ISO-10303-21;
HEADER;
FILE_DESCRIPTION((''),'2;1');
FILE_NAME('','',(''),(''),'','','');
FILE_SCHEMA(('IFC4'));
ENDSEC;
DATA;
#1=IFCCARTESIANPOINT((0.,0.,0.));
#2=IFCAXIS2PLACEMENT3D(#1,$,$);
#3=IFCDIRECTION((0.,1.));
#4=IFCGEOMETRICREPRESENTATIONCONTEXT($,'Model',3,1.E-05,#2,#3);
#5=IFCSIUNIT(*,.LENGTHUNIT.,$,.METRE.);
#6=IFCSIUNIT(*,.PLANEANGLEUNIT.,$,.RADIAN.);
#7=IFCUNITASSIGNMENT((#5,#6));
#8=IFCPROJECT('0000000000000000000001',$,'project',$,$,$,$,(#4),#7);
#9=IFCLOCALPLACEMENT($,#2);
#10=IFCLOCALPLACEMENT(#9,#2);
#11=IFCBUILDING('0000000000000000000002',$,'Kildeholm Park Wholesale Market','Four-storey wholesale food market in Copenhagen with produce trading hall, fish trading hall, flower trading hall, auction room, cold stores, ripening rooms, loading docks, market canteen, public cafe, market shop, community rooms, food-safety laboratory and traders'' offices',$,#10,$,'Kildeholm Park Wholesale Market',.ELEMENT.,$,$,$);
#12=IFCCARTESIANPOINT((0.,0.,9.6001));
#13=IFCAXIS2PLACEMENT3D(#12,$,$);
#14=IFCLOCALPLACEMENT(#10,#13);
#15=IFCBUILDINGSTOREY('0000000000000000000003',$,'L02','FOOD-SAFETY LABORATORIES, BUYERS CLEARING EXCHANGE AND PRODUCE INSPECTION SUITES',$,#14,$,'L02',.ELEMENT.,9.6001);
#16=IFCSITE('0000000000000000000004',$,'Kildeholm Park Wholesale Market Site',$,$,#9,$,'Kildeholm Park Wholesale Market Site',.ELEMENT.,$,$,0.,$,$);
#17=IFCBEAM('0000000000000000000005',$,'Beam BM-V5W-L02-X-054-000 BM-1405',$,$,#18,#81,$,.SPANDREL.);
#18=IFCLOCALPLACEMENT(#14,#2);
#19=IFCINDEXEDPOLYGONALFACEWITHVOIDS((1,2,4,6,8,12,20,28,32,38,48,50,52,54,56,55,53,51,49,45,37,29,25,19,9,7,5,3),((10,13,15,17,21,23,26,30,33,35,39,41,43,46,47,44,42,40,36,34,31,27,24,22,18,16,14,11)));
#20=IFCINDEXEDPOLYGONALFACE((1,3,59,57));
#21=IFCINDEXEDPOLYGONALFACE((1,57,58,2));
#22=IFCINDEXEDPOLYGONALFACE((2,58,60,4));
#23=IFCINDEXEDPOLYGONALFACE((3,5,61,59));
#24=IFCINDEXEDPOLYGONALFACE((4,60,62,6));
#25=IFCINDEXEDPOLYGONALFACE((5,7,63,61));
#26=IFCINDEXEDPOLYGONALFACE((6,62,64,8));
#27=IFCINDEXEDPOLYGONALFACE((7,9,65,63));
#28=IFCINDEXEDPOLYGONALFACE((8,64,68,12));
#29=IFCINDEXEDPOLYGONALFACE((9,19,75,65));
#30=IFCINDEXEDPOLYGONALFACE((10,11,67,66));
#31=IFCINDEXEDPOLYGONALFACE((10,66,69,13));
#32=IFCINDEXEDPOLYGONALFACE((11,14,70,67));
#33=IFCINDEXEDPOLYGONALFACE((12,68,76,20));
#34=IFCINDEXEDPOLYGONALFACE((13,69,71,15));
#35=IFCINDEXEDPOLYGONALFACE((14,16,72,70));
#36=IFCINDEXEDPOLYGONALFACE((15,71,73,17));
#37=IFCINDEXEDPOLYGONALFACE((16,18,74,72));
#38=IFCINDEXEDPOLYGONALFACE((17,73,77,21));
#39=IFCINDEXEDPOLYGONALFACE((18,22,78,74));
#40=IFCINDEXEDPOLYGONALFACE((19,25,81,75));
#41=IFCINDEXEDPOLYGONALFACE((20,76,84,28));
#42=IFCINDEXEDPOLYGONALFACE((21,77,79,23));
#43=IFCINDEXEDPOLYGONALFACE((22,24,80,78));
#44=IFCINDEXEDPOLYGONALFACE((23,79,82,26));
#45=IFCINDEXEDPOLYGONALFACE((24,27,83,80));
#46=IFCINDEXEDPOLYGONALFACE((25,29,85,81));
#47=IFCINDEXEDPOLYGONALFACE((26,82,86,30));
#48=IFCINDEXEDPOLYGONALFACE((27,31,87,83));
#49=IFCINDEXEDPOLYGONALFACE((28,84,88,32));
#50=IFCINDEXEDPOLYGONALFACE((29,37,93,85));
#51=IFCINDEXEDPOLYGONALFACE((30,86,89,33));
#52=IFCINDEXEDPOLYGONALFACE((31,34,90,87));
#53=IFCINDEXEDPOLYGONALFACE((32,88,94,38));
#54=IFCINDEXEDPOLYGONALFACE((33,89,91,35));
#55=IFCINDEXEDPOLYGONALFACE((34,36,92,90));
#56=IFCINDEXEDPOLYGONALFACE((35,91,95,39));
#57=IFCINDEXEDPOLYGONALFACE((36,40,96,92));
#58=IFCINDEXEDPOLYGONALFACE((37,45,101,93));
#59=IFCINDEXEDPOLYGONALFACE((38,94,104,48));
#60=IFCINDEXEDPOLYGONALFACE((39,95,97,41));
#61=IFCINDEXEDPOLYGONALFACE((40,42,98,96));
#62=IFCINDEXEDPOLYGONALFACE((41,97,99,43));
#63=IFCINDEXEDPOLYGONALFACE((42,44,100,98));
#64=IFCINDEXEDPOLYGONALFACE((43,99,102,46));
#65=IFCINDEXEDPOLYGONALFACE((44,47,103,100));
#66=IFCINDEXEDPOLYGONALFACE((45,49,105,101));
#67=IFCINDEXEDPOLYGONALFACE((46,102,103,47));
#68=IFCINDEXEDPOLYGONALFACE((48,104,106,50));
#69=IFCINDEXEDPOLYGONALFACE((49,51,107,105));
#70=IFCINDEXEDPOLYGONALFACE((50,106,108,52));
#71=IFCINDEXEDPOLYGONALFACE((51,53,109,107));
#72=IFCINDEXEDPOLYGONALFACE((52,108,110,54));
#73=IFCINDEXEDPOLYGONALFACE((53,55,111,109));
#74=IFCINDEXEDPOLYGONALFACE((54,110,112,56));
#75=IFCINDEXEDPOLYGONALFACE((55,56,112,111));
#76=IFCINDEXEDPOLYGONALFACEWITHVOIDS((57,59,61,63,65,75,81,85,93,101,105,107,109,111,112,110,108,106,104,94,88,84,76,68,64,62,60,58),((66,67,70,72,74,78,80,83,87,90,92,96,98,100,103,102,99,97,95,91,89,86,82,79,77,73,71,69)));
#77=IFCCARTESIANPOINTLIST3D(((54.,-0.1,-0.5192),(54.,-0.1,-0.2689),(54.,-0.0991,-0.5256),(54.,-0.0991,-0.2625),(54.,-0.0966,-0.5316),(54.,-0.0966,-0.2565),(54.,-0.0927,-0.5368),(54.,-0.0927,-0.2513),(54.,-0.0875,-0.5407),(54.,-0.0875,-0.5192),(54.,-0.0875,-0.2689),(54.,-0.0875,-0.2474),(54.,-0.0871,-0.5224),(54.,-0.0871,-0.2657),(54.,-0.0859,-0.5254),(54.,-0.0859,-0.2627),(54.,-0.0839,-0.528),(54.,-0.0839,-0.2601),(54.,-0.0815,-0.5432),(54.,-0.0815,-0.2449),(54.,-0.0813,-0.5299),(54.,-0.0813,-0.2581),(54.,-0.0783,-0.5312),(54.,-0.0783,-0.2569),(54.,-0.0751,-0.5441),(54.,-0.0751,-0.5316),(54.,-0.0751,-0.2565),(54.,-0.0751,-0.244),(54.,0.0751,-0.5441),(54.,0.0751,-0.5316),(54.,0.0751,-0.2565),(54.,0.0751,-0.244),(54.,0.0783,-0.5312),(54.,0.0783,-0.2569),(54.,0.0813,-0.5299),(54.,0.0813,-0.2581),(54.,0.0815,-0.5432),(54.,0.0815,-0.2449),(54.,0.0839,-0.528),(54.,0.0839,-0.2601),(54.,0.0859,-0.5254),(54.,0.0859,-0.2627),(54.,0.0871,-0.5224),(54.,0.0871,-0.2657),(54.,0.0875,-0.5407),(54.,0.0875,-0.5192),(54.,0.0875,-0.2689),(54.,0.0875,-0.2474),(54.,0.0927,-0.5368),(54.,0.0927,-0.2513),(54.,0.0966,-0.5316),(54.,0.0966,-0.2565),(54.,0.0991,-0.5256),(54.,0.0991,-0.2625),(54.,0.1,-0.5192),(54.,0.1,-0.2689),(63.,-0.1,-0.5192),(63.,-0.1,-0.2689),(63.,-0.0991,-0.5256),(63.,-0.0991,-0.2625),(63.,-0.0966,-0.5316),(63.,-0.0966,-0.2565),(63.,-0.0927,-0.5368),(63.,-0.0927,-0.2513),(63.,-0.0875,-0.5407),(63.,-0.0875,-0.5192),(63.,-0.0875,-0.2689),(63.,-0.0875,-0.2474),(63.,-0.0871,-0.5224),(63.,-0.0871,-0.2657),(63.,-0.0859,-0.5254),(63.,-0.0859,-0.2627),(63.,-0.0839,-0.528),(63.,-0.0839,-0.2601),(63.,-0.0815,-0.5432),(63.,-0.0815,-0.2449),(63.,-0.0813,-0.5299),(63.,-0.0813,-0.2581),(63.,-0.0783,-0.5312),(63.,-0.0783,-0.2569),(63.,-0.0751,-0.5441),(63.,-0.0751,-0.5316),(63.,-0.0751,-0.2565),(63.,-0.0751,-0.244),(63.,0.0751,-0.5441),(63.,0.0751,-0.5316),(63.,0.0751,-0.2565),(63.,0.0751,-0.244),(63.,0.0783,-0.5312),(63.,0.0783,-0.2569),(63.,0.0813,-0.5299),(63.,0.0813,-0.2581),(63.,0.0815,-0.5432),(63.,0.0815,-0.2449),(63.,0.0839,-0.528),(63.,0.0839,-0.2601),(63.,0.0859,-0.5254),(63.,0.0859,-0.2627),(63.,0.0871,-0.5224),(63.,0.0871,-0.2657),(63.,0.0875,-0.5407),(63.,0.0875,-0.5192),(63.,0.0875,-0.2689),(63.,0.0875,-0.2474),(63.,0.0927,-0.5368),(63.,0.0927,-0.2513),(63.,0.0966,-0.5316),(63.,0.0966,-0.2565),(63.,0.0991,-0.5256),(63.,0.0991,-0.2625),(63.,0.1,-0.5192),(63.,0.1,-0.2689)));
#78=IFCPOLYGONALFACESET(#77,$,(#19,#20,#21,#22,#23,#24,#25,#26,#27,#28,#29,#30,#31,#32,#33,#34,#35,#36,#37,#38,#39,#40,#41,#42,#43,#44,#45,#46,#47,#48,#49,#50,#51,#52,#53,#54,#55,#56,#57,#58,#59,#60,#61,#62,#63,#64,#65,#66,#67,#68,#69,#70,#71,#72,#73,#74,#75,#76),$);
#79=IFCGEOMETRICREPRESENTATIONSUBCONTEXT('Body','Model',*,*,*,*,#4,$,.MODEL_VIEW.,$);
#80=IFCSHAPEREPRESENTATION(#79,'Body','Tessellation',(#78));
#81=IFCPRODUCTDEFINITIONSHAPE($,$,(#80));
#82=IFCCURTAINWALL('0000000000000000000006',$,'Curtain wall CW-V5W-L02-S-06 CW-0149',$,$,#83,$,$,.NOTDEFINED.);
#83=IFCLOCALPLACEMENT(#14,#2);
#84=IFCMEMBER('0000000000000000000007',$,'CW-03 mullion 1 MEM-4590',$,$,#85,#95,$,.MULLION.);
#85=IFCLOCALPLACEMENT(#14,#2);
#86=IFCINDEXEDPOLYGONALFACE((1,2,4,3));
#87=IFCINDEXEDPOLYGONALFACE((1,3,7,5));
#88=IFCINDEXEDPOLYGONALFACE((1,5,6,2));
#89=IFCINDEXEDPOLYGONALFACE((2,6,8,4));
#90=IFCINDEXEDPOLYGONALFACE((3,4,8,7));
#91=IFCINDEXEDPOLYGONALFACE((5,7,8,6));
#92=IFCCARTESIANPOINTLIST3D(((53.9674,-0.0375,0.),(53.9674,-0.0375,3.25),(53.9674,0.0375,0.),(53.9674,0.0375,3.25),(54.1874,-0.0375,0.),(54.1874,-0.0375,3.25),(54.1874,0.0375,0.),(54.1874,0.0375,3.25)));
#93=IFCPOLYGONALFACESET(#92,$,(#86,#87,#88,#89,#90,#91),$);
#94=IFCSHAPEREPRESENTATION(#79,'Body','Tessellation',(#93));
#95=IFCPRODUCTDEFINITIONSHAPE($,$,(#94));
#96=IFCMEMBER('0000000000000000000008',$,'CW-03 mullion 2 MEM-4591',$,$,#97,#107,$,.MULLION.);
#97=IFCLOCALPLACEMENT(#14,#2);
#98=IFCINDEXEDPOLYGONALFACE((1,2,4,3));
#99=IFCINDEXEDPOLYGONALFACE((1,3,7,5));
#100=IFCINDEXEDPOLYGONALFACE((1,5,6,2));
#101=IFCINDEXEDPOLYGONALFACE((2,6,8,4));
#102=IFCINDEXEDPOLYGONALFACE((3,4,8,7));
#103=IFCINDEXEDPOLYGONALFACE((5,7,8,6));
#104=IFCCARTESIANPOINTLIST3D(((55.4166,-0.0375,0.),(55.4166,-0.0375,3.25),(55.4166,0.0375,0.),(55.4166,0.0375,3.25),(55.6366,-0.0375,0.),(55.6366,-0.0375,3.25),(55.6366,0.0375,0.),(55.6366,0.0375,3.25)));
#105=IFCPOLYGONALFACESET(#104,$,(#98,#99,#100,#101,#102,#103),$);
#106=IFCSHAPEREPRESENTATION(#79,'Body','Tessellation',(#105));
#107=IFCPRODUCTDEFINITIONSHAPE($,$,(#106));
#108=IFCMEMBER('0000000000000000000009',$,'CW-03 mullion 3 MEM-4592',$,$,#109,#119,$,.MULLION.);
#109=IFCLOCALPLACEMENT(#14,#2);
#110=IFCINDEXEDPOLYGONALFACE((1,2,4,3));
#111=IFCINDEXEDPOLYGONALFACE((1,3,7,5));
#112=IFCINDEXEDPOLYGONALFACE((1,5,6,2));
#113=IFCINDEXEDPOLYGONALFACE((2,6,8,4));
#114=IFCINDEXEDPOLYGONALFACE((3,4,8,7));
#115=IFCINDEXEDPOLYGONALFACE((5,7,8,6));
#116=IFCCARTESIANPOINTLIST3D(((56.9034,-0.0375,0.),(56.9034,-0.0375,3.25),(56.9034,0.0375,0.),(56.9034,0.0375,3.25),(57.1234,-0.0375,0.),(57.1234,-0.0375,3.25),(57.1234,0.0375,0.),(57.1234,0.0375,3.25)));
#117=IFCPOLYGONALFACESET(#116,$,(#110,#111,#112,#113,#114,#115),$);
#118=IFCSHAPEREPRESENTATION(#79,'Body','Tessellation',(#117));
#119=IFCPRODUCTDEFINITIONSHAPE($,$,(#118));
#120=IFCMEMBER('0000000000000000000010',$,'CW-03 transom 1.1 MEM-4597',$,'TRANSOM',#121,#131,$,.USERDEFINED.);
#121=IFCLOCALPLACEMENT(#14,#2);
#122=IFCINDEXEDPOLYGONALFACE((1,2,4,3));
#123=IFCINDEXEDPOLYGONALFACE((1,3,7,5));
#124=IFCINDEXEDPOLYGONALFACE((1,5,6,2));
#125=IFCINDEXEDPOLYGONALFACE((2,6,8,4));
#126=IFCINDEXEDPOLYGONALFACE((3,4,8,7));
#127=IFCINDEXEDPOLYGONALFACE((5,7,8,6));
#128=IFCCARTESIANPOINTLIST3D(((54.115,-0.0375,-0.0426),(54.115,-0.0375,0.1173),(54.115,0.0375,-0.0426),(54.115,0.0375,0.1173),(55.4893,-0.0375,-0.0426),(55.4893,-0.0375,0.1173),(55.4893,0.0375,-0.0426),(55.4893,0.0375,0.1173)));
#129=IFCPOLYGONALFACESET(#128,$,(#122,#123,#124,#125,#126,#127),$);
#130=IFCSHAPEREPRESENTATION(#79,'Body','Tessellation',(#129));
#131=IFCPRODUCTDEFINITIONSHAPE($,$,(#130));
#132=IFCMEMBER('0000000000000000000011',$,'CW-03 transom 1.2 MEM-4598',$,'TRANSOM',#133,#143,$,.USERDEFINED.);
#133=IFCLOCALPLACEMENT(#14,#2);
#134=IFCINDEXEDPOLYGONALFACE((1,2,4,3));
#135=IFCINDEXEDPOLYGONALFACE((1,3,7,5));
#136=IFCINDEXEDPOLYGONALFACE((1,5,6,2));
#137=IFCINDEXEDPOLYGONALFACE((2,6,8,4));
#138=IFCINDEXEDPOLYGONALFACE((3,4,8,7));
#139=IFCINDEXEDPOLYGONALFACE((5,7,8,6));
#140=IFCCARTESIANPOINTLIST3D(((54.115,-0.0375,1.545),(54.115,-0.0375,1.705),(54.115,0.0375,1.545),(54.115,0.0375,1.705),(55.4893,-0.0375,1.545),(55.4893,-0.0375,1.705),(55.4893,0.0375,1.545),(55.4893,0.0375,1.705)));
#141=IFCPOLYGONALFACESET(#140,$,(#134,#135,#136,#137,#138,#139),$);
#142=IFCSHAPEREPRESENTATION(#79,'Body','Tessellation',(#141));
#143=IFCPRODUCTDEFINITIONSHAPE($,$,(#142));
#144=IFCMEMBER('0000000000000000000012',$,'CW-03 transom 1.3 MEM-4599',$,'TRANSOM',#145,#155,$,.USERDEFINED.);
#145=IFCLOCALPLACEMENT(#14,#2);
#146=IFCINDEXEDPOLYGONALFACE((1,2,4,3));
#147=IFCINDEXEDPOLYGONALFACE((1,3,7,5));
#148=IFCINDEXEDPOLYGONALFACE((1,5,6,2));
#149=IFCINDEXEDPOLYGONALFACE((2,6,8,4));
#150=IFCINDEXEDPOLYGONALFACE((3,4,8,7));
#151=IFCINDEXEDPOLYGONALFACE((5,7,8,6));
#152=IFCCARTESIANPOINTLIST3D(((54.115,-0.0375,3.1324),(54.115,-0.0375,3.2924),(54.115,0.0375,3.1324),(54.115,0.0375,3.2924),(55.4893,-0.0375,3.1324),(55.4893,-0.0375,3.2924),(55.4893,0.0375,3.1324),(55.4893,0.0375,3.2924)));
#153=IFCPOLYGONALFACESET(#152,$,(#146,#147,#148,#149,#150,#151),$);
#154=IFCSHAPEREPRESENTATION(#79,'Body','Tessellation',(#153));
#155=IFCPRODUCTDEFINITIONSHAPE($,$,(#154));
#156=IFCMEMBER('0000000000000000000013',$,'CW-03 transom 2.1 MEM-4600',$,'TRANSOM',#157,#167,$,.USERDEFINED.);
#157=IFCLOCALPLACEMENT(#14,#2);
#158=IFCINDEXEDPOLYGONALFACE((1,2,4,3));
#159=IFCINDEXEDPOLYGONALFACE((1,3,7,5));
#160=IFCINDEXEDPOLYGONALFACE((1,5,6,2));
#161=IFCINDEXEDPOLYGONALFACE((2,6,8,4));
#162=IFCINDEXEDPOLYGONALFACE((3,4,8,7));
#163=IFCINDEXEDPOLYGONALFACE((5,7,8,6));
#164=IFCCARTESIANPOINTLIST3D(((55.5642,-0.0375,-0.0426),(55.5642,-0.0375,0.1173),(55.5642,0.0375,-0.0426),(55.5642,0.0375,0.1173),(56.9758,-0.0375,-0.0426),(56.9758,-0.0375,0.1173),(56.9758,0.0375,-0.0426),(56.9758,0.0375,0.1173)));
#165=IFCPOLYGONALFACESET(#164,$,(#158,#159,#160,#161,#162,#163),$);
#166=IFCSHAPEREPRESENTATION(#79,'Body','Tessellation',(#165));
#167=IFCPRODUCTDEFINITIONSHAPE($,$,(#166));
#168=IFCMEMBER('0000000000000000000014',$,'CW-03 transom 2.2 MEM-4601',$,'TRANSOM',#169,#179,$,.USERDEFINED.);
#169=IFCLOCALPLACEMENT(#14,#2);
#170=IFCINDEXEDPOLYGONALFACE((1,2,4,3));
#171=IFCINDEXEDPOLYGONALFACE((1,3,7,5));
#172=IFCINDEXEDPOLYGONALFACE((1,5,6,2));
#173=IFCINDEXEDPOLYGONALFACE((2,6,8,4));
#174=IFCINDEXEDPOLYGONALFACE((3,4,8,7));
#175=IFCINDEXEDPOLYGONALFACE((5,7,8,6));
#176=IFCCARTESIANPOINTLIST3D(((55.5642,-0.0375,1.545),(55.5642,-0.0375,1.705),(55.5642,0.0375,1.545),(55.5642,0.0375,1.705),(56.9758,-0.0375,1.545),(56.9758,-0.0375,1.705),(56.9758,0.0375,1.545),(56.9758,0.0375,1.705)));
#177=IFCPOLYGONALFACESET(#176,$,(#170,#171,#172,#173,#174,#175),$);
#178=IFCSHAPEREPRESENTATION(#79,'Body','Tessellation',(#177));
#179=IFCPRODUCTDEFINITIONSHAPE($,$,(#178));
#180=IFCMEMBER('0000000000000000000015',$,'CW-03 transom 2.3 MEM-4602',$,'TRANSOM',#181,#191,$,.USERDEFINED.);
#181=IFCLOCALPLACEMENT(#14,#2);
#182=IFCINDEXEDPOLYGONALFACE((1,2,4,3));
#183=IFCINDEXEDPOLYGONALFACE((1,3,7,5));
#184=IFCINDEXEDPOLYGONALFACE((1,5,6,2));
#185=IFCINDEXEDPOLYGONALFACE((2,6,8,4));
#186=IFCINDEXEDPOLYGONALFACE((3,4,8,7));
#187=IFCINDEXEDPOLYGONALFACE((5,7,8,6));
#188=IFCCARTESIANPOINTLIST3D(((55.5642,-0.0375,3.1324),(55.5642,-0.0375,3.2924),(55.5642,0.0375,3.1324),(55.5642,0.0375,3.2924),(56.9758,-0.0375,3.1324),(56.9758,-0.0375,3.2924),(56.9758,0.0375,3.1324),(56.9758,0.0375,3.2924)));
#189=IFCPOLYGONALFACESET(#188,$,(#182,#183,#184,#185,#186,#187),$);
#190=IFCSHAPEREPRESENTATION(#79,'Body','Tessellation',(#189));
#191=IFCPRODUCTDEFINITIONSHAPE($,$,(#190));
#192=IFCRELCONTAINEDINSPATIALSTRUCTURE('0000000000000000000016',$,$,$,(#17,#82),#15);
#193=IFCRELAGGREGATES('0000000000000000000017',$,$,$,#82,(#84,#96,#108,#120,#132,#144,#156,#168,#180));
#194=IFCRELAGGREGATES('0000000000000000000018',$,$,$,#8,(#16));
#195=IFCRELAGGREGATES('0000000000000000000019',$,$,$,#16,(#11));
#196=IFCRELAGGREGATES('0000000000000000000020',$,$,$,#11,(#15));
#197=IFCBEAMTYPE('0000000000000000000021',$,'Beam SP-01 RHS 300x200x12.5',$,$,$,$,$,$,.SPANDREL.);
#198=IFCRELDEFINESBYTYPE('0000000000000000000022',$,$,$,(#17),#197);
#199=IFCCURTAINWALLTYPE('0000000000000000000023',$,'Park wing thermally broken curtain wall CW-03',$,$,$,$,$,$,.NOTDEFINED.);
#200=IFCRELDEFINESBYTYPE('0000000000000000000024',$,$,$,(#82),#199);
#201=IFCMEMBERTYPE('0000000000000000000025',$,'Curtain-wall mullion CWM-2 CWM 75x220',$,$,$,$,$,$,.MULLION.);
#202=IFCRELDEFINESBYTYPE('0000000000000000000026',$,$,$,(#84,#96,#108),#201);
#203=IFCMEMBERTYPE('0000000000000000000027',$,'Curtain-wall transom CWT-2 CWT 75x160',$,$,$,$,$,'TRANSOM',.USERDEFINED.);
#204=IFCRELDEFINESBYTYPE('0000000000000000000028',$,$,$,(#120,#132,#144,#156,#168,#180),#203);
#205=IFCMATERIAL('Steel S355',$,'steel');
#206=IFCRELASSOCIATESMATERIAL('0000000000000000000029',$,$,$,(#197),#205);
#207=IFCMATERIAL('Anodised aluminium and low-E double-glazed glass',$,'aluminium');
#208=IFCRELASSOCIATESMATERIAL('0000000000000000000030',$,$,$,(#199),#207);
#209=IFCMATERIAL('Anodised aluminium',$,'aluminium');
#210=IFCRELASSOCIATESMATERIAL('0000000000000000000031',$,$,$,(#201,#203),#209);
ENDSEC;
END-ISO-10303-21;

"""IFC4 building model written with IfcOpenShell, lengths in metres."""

from ifc_helpers import new_model, si_unit, direction, frame, origin, origin_2d, place, context, subcontext, project, spatial, rectangle, hollow_rectangle, extrude, material, material_profile, profile_set, type_object, element, aggregate, save


model = new_model("IFC4")

# Units and contexts
model_context = context("Model", 3, precision=1e-05, world=origin(), true_north=direction((0.0, 1.0)))
body_context = subcontext(model_context, "Body", "Model", "MODEL_VIEW")
ifc_project = project(units=[si_unit("LENGTHUNIT", "METRE"), si_unit("PLANEANGLEUNIT", "RADIAN")], contexts=[model_context])

# Site, building, storey
site_placement = place(None, origin())
site = spatial("IfcSite", under=ifc_project, at=site_placement, Name="Kildeholm Park Wholesale Market Site", LongName="Kildeholm Park Wholesale Market Site", CompositionType="ELEMENT", RefElevation=0.0)
building_placement = place(site_placement, origin())
building = spatial("IfcBuilding", under=site, at=building_placement, Name="Kildeholm Park Wholesale Market", Description="Four-storey wholesale food market in Copenhagen with produce trading hall, fish trading hall, flower trading hall, auction room, cold stores, ripening rooms, loading docks, market canteen, public cafe, market shop, community rooms, food-safety laboratory and traders' offices", LongName="Kildeholm Park Wholesale Market", CompositionType="ELEMENT")
storey_placement = place(building_placement, frame((0.0, 0.0, 9.6001)))
storey = spatial("IfcBuildingStorey", under=building, at=storey_placement, Name="L02", Description="FOOD-SAFETY LABORATORIES, BUYERS CLEARING EXCHANGE AND PRODUCE INSPECTION SUITES", LongName="L02", CompositionType="ELEMENT", Elevation=9.6001)

# Shared definitions
ifc_material_1 = material(Name="Steel S355", Category="steel")

# Beam
ifc_material_profile_1 = material_profile(ifc_material_1, hollow_rectangle(XDim=0.2, YDim=0.3, WallThickness=0.0125, InnerFilletRadius=0.0125, OuterFilletRadius=0.0249, at=origin_2d()), Name="RHS 300x200x12.5")
ifc_profile_set_1 = profile_set([ifc_material_profile_1], Name="Steel S355")
beam_type_1 = type_object("IfcBeamType", Name="Beam SP-01 RHS 300x200x12.5", PredefinedType="SPANDREL", material=ifc_profile_set_1)
beam_1_placement = place(storey_placement, frame((54.0, 0.0, -0.394), z_axis=(1.0, 0.0, 0.0), x_axis=(0.0, 1.0, 0.0)))
element("IfcBeam", 1, at=beam_1_placement, inside=storey, type_object=beam_type_1, Name="Beam BM-V5W-L02-X-054-000 BM-1405", PredefinedType="SPANDREL", context=body_context, shape_type="SweptSolid", body=[
    extrude(hollow_rectangle(XDim=0.2, YDim=0.3, WallThickness=0.0125, InnerFilletRadius=0.0125, OuterFilletRadius=0.0249, at=origin_2d()), origin(), (0.0, 0.0, 1.0), 9.0),
])

# Curtain wall, members
ifc_material_2 = material(Name="Anodised aluminium and low-E double-glazed glass", Category="aluminium")
curtain_wall_type = type_object("IfcCurtainWallType", Name="Park wing thermally broken curtain wall CW-03", PredefinedType="NOTDEFINED", material=ifc_material_2)
curtain_wall_placement = place(storey_placement, origin())
curtain_wall = element("IfcCurtainWall", 2, at=curtain_wall_placement, inside=storey, type_object=curtain_wall_type, Name="Curtain wall CW-V5W-L02-S-06 CW-0149", PredefinedType="NOTDEFINED")
ifc_material_3 = material(Name="Anodised aluminium", Category="aluminium")
ifc_material_profile_2 = material_profile(ifc_material_3, rectangle(XDim=0.075, YDim=0.22, at=origin_2d()), Name="CWM 75x220")
ifc_profile_set_2 = profile_set([ifc_material_profile_2], Name="Anodised aluminium")
member_type_1 = type_object("IfcMemberType", Name="Curtain-wall mullion CWM-2 CWM 75x220", PredefinedType="MULLION", material=ifc_profile_set_2)
member_1_placement = place(storey_placement, frame((54.0774, 0.0, 0.0), z_axis=(0.0, 0.0, 1.0), x_axis=(0.0, 1.0, 0.0)))
member_1 = element("IfcMember", 3, at=member_1_placement, type_object=member_type_1, Name="CW-03 mullion 1 MEM-4590", PredefinedType="MULLION", context=body_context, shape_type="SweptSolid", body=[
    extrude(rectangle(XDim=0.075, YDim=0.22, at=origin_2d()), origin(), (0.0, 0.0, 1.0), 3.25),
])
member_2_placement = place(storey_placement, frame((55.5266, 0.0, 0.0), z_axis=(0.0, 0.0, 1.0), x_axis=(0.0, 1.0, 0.0)))
member_2 = element("IfcMember", 4, at=member_2_placement, type_object=member_type_1, Name="CW-03 mullion 2 MEM-4591", PredefinedType="MULLION", context=body_context, shape_type="SweptSolid", body=[
    extrude(rectangle(XDim=0.075, YDim=0.22, at=origin_2d()), origin(), (0.0, 0.0, 1.0), 3.25),
])
member_3_placement = place(storey_placement, frame((57.0134, 0.0, 0.0), z_axis=(0.0, 0.0, 1.0), x_axis=(0.0, 1.0, 0.0)))
member_3 = element("IfcMember", 5, at=member_3_placement, type_object=member_type_1, Name="CW-03 mullion 3 MEM-4592", PredefinedType="MULLION", context=body_context, shape_type="SweptSolid", body=[
    extrude(rectangle(XDim=0.075, YDim=0.22, at=origin_2d()), origin(), (0.0, 0.0, 1.0), 3.25),
])
ifc_material_profile_3 = material_profile(ifc_material_3, rectangle(XDim=0.075, YDim=0.1599, at=origin_2d()), Name="CWT 75x160")
ifc_profile_set_3 = profile_set([ifc_material_profile_3], Name="Anodised aluminium")
member_type_2 = type_object("IfcMemberType", Name="Curtain-wall transom CWT-2 CWT 75x160", ElementType="TRANSOM", PredefinedType="USERDEFINED", material=ifc_profile_set_3)
member_4_placement = place(storey_placement, frame((54.115, 0.0, 0.0374), z_axis=(1.0, 0.0, 0.0), x_axis=(0.0, 1.0, 0.0)))
member_4 = element("IfcMember", 6, at=member_4_placement, type_object=member_type_2, Name="CW-03 transom 1.1 MEM-4597", ObjectType="TRANSOM", PredefinedType="USERDEFINED", context=body_context, shape_type="SweptSolid", body=[
    extrude(rectangle(XDim=0.075, YDim=0.1599, at=origin_2d()), origin(), (0.0, 0.0, 1.0), 1.3743),
])
member_5_placement = place(storey_placement, frame((54.115, 0.0, 1.625), z_axis=(1.0, 0.0, 0.0), x_axis=(0.0, 1.0, 0.0)))
member_5 = element("IfcMember", 7, at=member_5_placement, type_object=member_type_2, Name="CW-03 transom 1.2 MEM-4598", ObjectType="TRANSOM", PredefinedType="USERDEFINED", context=body_context, shape_type="SweptSolid", body=[
    extrude(rectangle(XDim=0.075, YDim=0.1599, at=origin_2d()), origin(), (0.0, 0.0, 1.0), 1.3743),
])
member_6_placement = place(storey_placement, frame((54.115, 0.0, 3.2124), z_axis=(1.0, 0.0, 0.0), x_axis=(0.0, 1.0, 0.0)))
member_6 = element("IfcMember", 8, at=member_6_placement, type_object=member_type_2, Name="CW-03 transom 1.3 MEM-4599", ObjectType="TRANSOM", PredefinedType="USERDEFINED", context=body_context, shape_type="SweptSolid", body=[
    extrude(rectangle(XDim=0.075, YDim=0.1599, at=origin_2d()), origin(), (0.0, 0.0, 1.0), 1.3743),
])
member_7_placement = place(storey_placement, frame((55.5642, 0.0, 0.0374), z_axis=(1.0, 0.0, 0.0), x_axis=(0.0, 1.0, 0.0)))
member_7 = element("IfcMember", 9, at=member_7_placement, type_object=member_type_2, Name="CW-03 transom 2.1 MEM-4600", ObjectType="TRANSOM", PredefinedType="USERDEFINED", context=body_context, shape_type="SweptSolid", body=[
    extrude(rectangle(XDim=0.075, YDim=0.1599, at=origin_2d()), origin(), (0.0, 0.0, 1.0), 1.4116),
])
member_8_placement = place(storey_placement, frame((55.5642, 0.0, 1.625), z_axis=(1.0, 0.0, 0.0), x_axis=(0.0, 1.0, 0.0)))
member_8 = element("IfcMember", 10, at=member_8_placement, type_object=member_type_2, Name="CW-03 transom 2.2 MEM-4601", ObjectType="TRANSOM", PredefinedType="USERDEFINED", context=body_context, shape_type="SweptSolid", body=[
    extrude(rectangle(XDim=0.075, YDim=0.1599, at=origin_2d()), origin(), (0.0, 0.0, 1.0), 1.4116),
])
member_9_placement = place(storey_placement, frame((55.5642, 0.0, 3.2124), z_axis=(1.0, 0.0, 0.0), x_axis=(0.0, 1.0, 0.0)))
member_9 = element("IfcMember", 11, at=member_9_placement, type_object=member_type_2, Name="CW-03 transom 2.3 MEM-4602", ObjectType="TRANSOM", PredefinedType="USERDEFINED", context=body_context, shape_type="SweptSolid", body=[
    extrude(rectangle(XDim=0.075, YDim=0.1599, at=origin_2d()), origin(), (0.0, 0.0, 1.0), 1.4116),
])
aggregate(curtain_wall, [member_1, member_2, member_3, member_4, member_5, member_6, member_7, member_8, member_9])

save(model, "model.ifc")
